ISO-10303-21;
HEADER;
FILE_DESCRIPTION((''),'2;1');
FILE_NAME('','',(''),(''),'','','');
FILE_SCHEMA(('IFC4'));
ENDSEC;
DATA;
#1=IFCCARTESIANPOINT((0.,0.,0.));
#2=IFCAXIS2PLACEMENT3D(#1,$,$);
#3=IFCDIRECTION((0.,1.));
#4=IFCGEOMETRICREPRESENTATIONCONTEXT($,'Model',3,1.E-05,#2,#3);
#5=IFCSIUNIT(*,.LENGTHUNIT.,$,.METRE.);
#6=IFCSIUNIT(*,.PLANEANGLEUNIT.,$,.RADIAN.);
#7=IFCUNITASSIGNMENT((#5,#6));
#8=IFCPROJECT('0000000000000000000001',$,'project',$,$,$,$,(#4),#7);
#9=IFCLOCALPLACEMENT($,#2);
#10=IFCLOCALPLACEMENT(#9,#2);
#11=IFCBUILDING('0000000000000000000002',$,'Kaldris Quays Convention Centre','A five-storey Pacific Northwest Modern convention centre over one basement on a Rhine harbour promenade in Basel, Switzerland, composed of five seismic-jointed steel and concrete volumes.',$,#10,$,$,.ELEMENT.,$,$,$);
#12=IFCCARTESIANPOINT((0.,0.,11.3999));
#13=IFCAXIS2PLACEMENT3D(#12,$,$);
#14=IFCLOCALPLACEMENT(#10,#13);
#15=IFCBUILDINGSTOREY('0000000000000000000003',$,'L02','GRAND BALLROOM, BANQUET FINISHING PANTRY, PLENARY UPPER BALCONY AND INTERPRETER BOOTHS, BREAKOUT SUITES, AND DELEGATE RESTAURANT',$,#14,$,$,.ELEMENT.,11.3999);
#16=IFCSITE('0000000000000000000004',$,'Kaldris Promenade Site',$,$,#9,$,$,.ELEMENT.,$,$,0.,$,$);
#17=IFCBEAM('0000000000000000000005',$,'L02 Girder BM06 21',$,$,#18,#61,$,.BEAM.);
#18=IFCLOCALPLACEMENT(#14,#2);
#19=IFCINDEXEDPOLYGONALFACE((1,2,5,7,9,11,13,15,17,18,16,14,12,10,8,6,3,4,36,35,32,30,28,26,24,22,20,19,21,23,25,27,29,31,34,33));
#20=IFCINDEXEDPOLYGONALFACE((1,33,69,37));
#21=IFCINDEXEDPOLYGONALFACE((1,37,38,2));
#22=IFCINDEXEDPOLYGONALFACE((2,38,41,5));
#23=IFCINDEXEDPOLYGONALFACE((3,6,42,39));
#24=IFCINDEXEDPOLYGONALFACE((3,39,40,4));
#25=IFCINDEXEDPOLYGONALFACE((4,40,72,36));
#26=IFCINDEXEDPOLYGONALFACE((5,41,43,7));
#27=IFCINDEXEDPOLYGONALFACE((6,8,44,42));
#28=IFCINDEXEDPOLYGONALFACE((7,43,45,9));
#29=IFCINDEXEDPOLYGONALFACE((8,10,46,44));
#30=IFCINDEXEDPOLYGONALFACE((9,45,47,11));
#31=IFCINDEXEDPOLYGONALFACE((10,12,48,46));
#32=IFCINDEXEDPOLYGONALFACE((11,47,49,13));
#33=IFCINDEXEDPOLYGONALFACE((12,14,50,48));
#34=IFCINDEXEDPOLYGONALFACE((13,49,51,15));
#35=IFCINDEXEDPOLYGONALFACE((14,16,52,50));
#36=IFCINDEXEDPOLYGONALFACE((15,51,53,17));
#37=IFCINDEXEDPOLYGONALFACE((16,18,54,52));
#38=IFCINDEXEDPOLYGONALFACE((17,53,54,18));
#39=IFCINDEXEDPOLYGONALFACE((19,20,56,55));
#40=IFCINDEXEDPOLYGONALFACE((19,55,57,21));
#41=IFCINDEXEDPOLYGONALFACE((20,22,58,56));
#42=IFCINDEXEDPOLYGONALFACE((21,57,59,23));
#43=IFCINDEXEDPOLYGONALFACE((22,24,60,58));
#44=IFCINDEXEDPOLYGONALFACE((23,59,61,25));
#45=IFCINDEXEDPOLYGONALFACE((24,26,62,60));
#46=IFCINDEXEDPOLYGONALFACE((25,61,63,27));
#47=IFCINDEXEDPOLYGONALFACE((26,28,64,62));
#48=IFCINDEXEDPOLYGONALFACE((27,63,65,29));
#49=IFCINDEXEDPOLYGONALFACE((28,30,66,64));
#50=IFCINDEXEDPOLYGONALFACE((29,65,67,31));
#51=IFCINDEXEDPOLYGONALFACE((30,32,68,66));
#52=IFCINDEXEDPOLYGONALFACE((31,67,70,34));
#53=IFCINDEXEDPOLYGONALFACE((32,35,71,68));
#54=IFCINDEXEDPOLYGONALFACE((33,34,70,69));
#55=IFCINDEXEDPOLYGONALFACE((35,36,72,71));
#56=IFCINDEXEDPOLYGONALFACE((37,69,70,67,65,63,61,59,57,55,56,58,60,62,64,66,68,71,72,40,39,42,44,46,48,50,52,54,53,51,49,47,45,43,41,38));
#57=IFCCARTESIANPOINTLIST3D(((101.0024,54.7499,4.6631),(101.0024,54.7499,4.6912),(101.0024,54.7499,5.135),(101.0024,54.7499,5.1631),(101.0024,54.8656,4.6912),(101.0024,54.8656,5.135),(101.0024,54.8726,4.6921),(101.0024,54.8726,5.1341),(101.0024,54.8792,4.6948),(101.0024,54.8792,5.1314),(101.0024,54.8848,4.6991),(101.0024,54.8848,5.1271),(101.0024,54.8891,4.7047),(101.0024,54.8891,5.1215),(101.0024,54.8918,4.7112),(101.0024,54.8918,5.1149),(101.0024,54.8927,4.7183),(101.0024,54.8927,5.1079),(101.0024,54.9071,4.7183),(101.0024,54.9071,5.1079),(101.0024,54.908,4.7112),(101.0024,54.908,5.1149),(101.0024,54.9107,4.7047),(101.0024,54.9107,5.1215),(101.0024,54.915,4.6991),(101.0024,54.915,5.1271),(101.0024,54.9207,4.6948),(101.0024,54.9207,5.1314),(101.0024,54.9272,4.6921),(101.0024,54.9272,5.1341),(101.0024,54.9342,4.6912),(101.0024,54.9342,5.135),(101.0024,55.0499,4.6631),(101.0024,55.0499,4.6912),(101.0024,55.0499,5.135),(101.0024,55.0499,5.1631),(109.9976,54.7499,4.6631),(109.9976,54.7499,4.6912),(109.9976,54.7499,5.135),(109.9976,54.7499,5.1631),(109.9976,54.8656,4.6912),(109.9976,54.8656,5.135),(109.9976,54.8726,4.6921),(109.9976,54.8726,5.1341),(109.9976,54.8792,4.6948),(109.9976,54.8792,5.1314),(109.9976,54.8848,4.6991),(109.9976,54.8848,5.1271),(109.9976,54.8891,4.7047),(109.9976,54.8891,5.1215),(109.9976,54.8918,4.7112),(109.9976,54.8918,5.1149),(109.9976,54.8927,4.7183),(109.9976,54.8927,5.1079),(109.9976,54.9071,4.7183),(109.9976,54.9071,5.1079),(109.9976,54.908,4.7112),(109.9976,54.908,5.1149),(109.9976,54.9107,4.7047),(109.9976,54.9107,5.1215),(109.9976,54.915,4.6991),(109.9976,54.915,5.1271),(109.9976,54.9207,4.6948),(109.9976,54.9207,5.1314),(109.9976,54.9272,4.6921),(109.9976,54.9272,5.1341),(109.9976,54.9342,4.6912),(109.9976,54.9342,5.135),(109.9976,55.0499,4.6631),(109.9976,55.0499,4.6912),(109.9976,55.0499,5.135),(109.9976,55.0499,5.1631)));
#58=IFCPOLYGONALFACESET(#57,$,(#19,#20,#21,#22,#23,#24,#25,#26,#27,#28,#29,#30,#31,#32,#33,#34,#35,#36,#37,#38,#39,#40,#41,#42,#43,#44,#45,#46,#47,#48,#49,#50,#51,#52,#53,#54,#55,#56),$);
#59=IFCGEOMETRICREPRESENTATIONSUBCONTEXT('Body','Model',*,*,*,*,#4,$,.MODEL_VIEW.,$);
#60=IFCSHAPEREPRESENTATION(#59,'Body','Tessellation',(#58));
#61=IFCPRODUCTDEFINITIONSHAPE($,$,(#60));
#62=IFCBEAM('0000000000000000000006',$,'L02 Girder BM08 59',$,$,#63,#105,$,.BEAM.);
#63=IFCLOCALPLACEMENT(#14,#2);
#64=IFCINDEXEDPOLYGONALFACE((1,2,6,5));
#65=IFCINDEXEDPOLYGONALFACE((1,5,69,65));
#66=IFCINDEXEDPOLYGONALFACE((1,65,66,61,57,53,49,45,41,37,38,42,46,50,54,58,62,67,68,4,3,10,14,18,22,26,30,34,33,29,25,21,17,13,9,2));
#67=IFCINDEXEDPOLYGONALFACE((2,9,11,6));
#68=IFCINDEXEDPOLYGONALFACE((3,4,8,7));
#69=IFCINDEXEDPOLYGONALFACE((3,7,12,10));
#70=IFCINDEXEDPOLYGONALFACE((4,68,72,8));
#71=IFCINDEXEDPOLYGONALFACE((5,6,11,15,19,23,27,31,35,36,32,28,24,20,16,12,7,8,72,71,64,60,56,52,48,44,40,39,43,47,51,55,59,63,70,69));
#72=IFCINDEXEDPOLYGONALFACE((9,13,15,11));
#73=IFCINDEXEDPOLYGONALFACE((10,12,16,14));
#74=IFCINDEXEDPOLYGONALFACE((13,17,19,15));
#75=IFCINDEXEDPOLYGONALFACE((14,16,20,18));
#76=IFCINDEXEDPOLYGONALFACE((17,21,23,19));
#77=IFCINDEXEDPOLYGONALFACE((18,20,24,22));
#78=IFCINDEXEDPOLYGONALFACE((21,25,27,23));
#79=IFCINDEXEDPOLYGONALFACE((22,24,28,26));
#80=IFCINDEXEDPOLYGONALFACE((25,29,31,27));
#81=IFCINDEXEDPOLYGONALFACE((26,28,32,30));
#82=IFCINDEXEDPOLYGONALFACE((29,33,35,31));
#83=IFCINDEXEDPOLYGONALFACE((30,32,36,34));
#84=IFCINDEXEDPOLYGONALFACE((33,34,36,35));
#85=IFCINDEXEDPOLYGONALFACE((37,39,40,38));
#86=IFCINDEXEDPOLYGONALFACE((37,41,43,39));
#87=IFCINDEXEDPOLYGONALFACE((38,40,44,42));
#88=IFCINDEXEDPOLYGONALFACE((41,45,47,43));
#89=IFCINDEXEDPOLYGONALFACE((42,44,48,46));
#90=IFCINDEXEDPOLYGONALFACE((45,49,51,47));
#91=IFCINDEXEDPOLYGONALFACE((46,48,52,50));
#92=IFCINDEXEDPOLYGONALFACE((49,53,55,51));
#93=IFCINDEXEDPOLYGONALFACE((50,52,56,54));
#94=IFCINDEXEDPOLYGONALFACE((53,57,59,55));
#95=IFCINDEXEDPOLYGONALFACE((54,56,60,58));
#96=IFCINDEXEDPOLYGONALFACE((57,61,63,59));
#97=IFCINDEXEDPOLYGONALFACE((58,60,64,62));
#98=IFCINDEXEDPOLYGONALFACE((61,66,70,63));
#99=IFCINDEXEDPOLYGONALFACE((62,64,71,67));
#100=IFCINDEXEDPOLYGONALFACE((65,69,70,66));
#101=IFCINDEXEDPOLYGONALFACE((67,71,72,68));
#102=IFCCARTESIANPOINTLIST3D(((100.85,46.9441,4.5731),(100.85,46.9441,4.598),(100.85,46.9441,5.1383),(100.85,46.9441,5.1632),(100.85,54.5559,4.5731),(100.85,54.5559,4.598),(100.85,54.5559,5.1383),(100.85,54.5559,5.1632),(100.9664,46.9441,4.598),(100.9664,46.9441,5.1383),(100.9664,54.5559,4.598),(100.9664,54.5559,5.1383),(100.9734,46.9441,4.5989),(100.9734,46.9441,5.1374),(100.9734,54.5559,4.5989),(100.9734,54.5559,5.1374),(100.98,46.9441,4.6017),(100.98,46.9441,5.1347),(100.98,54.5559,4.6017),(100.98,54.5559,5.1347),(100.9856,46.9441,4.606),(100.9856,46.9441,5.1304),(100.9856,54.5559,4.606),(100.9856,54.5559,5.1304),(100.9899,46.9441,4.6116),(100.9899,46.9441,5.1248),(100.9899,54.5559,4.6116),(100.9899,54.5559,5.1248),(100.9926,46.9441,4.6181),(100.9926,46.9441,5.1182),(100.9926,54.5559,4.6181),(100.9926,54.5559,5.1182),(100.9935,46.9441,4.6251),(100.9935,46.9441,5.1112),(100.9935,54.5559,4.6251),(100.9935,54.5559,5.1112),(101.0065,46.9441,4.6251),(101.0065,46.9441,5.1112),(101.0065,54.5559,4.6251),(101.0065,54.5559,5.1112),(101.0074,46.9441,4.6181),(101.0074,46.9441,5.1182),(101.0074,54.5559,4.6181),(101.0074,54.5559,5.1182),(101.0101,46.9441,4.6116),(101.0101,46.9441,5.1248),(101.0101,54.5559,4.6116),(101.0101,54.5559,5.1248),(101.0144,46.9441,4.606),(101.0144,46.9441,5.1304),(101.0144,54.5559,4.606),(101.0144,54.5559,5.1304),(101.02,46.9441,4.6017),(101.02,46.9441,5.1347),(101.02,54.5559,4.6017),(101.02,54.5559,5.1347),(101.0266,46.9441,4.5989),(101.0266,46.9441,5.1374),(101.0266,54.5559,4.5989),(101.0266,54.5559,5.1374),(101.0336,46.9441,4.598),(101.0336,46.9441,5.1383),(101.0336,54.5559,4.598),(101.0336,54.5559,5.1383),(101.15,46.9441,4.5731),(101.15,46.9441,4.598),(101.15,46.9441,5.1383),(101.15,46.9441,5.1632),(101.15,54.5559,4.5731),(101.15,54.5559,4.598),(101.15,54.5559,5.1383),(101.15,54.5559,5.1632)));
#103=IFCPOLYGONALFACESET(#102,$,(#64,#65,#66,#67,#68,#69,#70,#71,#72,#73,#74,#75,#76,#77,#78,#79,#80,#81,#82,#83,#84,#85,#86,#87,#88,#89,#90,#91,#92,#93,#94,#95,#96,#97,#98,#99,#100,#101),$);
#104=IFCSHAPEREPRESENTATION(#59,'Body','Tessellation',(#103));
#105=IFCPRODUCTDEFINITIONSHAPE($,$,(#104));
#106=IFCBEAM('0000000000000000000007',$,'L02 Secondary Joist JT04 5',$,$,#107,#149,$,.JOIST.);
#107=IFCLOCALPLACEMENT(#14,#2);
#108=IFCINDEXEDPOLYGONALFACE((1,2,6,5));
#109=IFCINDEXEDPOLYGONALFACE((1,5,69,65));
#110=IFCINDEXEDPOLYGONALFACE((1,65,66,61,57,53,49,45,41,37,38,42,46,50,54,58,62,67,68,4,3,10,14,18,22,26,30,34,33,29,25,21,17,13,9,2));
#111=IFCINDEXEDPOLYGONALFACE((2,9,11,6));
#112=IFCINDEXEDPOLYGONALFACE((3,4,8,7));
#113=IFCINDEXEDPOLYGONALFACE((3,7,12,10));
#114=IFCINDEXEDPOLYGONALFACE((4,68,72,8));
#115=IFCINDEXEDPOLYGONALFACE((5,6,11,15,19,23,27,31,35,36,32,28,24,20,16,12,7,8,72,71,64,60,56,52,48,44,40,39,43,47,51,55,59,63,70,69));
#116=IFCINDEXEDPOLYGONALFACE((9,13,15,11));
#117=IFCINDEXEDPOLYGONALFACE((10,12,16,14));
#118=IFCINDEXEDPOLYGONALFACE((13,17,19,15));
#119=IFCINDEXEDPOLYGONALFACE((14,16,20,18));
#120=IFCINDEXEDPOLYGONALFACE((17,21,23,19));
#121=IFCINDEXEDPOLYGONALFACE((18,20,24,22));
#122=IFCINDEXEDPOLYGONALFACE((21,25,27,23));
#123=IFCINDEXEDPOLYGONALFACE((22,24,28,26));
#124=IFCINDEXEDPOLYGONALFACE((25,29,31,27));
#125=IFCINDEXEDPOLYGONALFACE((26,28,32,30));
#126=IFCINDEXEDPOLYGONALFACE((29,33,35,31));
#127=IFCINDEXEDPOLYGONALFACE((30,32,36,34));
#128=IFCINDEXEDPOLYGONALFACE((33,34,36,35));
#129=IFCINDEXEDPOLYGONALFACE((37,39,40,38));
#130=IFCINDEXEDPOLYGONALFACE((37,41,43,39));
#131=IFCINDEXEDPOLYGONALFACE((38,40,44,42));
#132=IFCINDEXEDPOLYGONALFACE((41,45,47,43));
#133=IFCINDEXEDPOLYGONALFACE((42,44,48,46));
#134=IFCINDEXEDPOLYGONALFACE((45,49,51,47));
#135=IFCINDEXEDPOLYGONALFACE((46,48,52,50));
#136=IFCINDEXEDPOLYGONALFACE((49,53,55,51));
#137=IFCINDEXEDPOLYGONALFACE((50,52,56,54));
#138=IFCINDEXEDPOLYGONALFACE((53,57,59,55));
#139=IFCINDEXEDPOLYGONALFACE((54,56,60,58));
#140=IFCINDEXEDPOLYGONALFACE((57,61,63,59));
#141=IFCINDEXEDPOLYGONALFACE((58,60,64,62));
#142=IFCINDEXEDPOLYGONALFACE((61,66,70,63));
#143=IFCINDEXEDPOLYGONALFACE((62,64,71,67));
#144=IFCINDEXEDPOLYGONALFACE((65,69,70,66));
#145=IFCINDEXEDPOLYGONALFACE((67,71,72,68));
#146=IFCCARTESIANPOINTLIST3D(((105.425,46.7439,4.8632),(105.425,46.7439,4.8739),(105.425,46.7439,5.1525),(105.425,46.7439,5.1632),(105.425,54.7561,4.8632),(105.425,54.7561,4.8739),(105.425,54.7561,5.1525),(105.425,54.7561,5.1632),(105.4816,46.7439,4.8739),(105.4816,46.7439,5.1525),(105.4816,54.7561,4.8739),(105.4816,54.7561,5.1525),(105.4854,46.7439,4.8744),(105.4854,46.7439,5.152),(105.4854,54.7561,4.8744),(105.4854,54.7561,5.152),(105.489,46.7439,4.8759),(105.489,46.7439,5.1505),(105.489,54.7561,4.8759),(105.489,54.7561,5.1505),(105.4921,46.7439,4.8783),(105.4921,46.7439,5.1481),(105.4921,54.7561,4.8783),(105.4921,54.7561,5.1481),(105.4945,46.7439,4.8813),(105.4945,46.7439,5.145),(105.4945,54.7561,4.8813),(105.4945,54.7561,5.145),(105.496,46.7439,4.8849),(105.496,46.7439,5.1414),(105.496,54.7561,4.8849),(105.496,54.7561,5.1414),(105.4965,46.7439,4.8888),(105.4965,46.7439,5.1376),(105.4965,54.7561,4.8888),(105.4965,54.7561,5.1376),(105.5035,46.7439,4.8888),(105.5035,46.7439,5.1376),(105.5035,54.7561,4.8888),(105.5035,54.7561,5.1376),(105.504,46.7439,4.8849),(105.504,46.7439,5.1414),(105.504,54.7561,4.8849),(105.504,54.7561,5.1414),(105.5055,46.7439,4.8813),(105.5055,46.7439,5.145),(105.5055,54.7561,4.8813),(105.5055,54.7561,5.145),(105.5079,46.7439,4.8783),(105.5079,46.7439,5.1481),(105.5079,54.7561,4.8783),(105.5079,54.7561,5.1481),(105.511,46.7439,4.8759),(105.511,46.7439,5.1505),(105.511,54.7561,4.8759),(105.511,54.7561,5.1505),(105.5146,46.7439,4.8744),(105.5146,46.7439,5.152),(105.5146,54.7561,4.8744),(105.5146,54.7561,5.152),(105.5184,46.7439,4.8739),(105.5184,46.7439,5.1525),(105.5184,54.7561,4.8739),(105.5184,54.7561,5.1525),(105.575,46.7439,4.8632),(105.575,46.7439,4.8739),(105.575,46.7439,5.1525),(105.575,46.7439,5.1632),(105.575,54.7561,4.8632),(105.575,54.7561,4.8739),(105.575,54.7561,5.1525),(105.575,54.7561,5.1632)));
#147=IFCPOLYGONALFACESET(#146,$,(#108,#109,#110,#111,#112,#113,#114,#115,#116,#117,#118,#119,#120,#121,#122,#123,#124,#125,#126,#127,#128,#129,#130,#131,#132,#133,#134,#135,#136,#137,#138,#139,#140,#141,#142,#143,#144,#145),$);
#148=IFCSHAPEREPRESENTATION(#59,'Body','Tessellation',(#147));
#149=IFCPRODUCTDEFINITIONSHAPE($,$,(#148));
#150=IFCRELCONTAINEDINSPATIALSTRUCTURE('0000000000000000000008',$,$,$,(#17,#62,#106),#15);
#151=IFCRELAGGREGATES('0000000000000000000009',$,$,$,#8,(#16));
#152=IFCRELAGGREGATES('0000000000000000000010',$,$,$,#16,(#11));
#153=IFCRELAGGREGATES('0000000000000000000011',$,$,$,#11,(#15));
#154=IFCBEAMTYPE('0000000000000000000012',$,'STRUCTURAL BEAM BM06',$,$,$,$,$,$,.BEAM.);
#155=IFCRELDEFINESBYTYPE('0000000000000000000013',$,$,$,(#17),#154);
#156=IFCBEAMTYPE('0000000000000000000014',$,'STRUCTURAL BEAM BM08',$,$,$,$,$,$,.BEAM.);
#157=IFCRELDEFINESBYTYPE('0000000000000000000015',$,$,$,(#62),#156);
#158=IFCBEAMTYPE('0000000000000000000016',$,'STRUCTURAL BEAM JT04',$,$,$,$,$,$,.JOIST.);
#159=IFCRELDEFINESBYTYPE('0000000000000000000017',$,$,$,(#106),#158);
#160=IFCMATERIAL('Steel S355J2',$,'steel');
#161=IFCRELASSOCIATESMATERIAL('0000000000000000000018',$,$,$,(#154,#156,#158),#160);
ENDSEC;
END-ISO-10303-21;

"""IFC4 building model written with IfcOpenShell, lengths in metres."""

from ifc_helpers import new_model, si_unit, direction, frame, origin, origin_2d, place, context, subcontext, project, spatial, i_section, extrude, material, material_profile, profile_set, type_object, element, save


model = new_model("IFC4")

# Units and contexts
model_context = context("Model", 3, precision=1e-05, world=origin(), true_north=direction((0.0, 1.0)))
body_context = subcontext(model_context, "Body", "Model", "MODEL_VIEW")
ifc_project = project(units=[si_unit("LENGTHUNIT", "METRE"), si_unit("PLANEANGLEUNIT", "RADIAN")], contexts=[model_context])

# Site, building, storey
site_placement = place(None, origin())
site = spatial("IfcSite", under=ifc_project, at=site_placement, Name="Kaldris Promenade Site", CompositionType="ELEMENT", RefElevation=0.0)
building_placement = place(site_placement, origin())
building = spatial("IfcBuilding", under=site, at=building_placement, Name="Kaldris Quays Convention Centre", Description="A five-storey Pacific Northwest Modern convention centre over one basement on a Rhine harbour promenade in Basel, Switzerland, composed of five seismic-jointed steel and concrete volumes.", CompositionType="ELEMENT")
storey_placement = place(building_placement, frame((0.0, 0.0, 11.3999)))
storey = spatial("IfcBuildingStorey", under=building, at=storey_placement, Name="L02", Description="GRAND BALLROOM, BANQUET FINISHING PANTRY, PLENARY UPPER BALCONY AND INTERPRETER BOOTHS, BREAKOUT SUITES, AND DELEGATE RESTAURANT", CompositionType="ELEMENT", Elevation=11.3999)

# Beams
ifc_material_1 = material(Name="Steel S355J2", Category="steel")
ifc_material_profile_1 = material_profile(ifc_material_1, i_section(OverallWidth=0.3, OverallDepth=0.5, WebThickness=0.0144, FlangeThickness=0.0281, FilletRadius=0.0271, at=origin_2d()), Name="HEB 500")
ifc_profile_set_1 = profile_set([ifc_material_profile_1], Name="Steel S355J2")
beam_type_1 = type_object("IfcBeamType", Name="STRUCTURAL BEAM BM06", PredefinedType="BEAM", material=ifc_profile_set_1)
for number, where, z_axis, x_axis, name in (
    (1, (101.0024, 54.8999, 4.9131), (1.0, 0.0, 0.0), (0.0, 1.0, 0.0), "L02 Girder BM06 21"),
):
    element("IfcBeam", number, at=place(storey_placement, frame(where, z_axis=z_axis, x_axis=x_axis)), inside=storey, type_object=beam_type_1, Name=name, PredefinedType="BEAM", context=body_context, shape_type="SweptSolid", body=[
        extrude(i_section(OverallWidth=0.3, OverallDepth=0.5, WebThickness=0.0144, FlangeThickness=0.0281, FilletRadius=0.0271, at=origin_2d()), origin(), (0.0, 0.0, 1.0), 8.9951),
    ])
ifc_material_profile_2 = material_profile(ifc_material_1, i_section(OverallWidth=0.3, OverallDepth=0.5901, WebThickness=0.0129, FlangeThickness=0.0249, FilletRadius=0.0271, at=origin_2d()), Name="HEA 600")
ifc_profile_set_2 = profile_set([ifc_material_profile_2], Name="Steel S355J2")
beam_type_2 = type_object("IfcBeamType", Name="STRUCTURAL BEAM BM08", PredefinedType="BEAM", material=ifc_profile_set_2)
beam_1_placement = place(storey_placement, frame((101.0, 46.9441, 4.8682), z_axis=(0.0, 1.0, 0.0), x_axis=(-1.0, 0.0, 0.0)))
element("IfcBeam", 2, at=beam_1_placement, inside=storey, type_object=beam_type_2, Name="L02 Girder BM08 59", PredefinedType="BEAM", context=body_context, shape_type="SweptSolid", body=[
    extrude(i_section(OverallWidth=0.3, OverallDepth=0.5901, WebThickness=0.0129, FlangeThickness=0.0249, FilletRadius=0.0271, at=origin_2d()), origin(), (0.0, 0.0, 1.0), 7.6118),
])
ifc_material_profile_3 = material_profile(ifc_material_1, i_section(OverallWidth=0.1499, OverallDepth=0.3, WebThickness=0.0071, FlangeThickness=0.0107, FilletRadius=0.0149, at=origin_2d()), Name="IPE 300")
ifc_profile_set_3 = profile_set([ifc_material_profile_3], Name="Steel S355J2")
beam_type_3 = type_object("IfcBeamType", Name="STRUCTURAL BEAM JT04", PredefinedType="JOIST", material=ifc_profile_set_3)
beam_2_placement = place(storey_placement, frame((105.5, 46.7439, 5.0132), z_axis=(0.0, 1.0, 0.0), x_axis=(-1.0, 0.0, 0.0)))
element("IfcBeam", 3, at=beam_2_placement, inside=storey, type_object=beam_type_3, Name="L02 Secondary Joist JT04 5", PredefinedType="JOIST", context=body_context, shape_type="SweptSolid", body=[
    extrude(i_section(OverallWidth=0.1499, OverallDepth=0.3, WebThickness=0.0071, FlangeThickness=0.0107, FilletRadius=0.0149, at=origin_2d()), origin(), (0.0, 0.0, 1.0), 8.0122),
])

save(model, "model.ifc")
